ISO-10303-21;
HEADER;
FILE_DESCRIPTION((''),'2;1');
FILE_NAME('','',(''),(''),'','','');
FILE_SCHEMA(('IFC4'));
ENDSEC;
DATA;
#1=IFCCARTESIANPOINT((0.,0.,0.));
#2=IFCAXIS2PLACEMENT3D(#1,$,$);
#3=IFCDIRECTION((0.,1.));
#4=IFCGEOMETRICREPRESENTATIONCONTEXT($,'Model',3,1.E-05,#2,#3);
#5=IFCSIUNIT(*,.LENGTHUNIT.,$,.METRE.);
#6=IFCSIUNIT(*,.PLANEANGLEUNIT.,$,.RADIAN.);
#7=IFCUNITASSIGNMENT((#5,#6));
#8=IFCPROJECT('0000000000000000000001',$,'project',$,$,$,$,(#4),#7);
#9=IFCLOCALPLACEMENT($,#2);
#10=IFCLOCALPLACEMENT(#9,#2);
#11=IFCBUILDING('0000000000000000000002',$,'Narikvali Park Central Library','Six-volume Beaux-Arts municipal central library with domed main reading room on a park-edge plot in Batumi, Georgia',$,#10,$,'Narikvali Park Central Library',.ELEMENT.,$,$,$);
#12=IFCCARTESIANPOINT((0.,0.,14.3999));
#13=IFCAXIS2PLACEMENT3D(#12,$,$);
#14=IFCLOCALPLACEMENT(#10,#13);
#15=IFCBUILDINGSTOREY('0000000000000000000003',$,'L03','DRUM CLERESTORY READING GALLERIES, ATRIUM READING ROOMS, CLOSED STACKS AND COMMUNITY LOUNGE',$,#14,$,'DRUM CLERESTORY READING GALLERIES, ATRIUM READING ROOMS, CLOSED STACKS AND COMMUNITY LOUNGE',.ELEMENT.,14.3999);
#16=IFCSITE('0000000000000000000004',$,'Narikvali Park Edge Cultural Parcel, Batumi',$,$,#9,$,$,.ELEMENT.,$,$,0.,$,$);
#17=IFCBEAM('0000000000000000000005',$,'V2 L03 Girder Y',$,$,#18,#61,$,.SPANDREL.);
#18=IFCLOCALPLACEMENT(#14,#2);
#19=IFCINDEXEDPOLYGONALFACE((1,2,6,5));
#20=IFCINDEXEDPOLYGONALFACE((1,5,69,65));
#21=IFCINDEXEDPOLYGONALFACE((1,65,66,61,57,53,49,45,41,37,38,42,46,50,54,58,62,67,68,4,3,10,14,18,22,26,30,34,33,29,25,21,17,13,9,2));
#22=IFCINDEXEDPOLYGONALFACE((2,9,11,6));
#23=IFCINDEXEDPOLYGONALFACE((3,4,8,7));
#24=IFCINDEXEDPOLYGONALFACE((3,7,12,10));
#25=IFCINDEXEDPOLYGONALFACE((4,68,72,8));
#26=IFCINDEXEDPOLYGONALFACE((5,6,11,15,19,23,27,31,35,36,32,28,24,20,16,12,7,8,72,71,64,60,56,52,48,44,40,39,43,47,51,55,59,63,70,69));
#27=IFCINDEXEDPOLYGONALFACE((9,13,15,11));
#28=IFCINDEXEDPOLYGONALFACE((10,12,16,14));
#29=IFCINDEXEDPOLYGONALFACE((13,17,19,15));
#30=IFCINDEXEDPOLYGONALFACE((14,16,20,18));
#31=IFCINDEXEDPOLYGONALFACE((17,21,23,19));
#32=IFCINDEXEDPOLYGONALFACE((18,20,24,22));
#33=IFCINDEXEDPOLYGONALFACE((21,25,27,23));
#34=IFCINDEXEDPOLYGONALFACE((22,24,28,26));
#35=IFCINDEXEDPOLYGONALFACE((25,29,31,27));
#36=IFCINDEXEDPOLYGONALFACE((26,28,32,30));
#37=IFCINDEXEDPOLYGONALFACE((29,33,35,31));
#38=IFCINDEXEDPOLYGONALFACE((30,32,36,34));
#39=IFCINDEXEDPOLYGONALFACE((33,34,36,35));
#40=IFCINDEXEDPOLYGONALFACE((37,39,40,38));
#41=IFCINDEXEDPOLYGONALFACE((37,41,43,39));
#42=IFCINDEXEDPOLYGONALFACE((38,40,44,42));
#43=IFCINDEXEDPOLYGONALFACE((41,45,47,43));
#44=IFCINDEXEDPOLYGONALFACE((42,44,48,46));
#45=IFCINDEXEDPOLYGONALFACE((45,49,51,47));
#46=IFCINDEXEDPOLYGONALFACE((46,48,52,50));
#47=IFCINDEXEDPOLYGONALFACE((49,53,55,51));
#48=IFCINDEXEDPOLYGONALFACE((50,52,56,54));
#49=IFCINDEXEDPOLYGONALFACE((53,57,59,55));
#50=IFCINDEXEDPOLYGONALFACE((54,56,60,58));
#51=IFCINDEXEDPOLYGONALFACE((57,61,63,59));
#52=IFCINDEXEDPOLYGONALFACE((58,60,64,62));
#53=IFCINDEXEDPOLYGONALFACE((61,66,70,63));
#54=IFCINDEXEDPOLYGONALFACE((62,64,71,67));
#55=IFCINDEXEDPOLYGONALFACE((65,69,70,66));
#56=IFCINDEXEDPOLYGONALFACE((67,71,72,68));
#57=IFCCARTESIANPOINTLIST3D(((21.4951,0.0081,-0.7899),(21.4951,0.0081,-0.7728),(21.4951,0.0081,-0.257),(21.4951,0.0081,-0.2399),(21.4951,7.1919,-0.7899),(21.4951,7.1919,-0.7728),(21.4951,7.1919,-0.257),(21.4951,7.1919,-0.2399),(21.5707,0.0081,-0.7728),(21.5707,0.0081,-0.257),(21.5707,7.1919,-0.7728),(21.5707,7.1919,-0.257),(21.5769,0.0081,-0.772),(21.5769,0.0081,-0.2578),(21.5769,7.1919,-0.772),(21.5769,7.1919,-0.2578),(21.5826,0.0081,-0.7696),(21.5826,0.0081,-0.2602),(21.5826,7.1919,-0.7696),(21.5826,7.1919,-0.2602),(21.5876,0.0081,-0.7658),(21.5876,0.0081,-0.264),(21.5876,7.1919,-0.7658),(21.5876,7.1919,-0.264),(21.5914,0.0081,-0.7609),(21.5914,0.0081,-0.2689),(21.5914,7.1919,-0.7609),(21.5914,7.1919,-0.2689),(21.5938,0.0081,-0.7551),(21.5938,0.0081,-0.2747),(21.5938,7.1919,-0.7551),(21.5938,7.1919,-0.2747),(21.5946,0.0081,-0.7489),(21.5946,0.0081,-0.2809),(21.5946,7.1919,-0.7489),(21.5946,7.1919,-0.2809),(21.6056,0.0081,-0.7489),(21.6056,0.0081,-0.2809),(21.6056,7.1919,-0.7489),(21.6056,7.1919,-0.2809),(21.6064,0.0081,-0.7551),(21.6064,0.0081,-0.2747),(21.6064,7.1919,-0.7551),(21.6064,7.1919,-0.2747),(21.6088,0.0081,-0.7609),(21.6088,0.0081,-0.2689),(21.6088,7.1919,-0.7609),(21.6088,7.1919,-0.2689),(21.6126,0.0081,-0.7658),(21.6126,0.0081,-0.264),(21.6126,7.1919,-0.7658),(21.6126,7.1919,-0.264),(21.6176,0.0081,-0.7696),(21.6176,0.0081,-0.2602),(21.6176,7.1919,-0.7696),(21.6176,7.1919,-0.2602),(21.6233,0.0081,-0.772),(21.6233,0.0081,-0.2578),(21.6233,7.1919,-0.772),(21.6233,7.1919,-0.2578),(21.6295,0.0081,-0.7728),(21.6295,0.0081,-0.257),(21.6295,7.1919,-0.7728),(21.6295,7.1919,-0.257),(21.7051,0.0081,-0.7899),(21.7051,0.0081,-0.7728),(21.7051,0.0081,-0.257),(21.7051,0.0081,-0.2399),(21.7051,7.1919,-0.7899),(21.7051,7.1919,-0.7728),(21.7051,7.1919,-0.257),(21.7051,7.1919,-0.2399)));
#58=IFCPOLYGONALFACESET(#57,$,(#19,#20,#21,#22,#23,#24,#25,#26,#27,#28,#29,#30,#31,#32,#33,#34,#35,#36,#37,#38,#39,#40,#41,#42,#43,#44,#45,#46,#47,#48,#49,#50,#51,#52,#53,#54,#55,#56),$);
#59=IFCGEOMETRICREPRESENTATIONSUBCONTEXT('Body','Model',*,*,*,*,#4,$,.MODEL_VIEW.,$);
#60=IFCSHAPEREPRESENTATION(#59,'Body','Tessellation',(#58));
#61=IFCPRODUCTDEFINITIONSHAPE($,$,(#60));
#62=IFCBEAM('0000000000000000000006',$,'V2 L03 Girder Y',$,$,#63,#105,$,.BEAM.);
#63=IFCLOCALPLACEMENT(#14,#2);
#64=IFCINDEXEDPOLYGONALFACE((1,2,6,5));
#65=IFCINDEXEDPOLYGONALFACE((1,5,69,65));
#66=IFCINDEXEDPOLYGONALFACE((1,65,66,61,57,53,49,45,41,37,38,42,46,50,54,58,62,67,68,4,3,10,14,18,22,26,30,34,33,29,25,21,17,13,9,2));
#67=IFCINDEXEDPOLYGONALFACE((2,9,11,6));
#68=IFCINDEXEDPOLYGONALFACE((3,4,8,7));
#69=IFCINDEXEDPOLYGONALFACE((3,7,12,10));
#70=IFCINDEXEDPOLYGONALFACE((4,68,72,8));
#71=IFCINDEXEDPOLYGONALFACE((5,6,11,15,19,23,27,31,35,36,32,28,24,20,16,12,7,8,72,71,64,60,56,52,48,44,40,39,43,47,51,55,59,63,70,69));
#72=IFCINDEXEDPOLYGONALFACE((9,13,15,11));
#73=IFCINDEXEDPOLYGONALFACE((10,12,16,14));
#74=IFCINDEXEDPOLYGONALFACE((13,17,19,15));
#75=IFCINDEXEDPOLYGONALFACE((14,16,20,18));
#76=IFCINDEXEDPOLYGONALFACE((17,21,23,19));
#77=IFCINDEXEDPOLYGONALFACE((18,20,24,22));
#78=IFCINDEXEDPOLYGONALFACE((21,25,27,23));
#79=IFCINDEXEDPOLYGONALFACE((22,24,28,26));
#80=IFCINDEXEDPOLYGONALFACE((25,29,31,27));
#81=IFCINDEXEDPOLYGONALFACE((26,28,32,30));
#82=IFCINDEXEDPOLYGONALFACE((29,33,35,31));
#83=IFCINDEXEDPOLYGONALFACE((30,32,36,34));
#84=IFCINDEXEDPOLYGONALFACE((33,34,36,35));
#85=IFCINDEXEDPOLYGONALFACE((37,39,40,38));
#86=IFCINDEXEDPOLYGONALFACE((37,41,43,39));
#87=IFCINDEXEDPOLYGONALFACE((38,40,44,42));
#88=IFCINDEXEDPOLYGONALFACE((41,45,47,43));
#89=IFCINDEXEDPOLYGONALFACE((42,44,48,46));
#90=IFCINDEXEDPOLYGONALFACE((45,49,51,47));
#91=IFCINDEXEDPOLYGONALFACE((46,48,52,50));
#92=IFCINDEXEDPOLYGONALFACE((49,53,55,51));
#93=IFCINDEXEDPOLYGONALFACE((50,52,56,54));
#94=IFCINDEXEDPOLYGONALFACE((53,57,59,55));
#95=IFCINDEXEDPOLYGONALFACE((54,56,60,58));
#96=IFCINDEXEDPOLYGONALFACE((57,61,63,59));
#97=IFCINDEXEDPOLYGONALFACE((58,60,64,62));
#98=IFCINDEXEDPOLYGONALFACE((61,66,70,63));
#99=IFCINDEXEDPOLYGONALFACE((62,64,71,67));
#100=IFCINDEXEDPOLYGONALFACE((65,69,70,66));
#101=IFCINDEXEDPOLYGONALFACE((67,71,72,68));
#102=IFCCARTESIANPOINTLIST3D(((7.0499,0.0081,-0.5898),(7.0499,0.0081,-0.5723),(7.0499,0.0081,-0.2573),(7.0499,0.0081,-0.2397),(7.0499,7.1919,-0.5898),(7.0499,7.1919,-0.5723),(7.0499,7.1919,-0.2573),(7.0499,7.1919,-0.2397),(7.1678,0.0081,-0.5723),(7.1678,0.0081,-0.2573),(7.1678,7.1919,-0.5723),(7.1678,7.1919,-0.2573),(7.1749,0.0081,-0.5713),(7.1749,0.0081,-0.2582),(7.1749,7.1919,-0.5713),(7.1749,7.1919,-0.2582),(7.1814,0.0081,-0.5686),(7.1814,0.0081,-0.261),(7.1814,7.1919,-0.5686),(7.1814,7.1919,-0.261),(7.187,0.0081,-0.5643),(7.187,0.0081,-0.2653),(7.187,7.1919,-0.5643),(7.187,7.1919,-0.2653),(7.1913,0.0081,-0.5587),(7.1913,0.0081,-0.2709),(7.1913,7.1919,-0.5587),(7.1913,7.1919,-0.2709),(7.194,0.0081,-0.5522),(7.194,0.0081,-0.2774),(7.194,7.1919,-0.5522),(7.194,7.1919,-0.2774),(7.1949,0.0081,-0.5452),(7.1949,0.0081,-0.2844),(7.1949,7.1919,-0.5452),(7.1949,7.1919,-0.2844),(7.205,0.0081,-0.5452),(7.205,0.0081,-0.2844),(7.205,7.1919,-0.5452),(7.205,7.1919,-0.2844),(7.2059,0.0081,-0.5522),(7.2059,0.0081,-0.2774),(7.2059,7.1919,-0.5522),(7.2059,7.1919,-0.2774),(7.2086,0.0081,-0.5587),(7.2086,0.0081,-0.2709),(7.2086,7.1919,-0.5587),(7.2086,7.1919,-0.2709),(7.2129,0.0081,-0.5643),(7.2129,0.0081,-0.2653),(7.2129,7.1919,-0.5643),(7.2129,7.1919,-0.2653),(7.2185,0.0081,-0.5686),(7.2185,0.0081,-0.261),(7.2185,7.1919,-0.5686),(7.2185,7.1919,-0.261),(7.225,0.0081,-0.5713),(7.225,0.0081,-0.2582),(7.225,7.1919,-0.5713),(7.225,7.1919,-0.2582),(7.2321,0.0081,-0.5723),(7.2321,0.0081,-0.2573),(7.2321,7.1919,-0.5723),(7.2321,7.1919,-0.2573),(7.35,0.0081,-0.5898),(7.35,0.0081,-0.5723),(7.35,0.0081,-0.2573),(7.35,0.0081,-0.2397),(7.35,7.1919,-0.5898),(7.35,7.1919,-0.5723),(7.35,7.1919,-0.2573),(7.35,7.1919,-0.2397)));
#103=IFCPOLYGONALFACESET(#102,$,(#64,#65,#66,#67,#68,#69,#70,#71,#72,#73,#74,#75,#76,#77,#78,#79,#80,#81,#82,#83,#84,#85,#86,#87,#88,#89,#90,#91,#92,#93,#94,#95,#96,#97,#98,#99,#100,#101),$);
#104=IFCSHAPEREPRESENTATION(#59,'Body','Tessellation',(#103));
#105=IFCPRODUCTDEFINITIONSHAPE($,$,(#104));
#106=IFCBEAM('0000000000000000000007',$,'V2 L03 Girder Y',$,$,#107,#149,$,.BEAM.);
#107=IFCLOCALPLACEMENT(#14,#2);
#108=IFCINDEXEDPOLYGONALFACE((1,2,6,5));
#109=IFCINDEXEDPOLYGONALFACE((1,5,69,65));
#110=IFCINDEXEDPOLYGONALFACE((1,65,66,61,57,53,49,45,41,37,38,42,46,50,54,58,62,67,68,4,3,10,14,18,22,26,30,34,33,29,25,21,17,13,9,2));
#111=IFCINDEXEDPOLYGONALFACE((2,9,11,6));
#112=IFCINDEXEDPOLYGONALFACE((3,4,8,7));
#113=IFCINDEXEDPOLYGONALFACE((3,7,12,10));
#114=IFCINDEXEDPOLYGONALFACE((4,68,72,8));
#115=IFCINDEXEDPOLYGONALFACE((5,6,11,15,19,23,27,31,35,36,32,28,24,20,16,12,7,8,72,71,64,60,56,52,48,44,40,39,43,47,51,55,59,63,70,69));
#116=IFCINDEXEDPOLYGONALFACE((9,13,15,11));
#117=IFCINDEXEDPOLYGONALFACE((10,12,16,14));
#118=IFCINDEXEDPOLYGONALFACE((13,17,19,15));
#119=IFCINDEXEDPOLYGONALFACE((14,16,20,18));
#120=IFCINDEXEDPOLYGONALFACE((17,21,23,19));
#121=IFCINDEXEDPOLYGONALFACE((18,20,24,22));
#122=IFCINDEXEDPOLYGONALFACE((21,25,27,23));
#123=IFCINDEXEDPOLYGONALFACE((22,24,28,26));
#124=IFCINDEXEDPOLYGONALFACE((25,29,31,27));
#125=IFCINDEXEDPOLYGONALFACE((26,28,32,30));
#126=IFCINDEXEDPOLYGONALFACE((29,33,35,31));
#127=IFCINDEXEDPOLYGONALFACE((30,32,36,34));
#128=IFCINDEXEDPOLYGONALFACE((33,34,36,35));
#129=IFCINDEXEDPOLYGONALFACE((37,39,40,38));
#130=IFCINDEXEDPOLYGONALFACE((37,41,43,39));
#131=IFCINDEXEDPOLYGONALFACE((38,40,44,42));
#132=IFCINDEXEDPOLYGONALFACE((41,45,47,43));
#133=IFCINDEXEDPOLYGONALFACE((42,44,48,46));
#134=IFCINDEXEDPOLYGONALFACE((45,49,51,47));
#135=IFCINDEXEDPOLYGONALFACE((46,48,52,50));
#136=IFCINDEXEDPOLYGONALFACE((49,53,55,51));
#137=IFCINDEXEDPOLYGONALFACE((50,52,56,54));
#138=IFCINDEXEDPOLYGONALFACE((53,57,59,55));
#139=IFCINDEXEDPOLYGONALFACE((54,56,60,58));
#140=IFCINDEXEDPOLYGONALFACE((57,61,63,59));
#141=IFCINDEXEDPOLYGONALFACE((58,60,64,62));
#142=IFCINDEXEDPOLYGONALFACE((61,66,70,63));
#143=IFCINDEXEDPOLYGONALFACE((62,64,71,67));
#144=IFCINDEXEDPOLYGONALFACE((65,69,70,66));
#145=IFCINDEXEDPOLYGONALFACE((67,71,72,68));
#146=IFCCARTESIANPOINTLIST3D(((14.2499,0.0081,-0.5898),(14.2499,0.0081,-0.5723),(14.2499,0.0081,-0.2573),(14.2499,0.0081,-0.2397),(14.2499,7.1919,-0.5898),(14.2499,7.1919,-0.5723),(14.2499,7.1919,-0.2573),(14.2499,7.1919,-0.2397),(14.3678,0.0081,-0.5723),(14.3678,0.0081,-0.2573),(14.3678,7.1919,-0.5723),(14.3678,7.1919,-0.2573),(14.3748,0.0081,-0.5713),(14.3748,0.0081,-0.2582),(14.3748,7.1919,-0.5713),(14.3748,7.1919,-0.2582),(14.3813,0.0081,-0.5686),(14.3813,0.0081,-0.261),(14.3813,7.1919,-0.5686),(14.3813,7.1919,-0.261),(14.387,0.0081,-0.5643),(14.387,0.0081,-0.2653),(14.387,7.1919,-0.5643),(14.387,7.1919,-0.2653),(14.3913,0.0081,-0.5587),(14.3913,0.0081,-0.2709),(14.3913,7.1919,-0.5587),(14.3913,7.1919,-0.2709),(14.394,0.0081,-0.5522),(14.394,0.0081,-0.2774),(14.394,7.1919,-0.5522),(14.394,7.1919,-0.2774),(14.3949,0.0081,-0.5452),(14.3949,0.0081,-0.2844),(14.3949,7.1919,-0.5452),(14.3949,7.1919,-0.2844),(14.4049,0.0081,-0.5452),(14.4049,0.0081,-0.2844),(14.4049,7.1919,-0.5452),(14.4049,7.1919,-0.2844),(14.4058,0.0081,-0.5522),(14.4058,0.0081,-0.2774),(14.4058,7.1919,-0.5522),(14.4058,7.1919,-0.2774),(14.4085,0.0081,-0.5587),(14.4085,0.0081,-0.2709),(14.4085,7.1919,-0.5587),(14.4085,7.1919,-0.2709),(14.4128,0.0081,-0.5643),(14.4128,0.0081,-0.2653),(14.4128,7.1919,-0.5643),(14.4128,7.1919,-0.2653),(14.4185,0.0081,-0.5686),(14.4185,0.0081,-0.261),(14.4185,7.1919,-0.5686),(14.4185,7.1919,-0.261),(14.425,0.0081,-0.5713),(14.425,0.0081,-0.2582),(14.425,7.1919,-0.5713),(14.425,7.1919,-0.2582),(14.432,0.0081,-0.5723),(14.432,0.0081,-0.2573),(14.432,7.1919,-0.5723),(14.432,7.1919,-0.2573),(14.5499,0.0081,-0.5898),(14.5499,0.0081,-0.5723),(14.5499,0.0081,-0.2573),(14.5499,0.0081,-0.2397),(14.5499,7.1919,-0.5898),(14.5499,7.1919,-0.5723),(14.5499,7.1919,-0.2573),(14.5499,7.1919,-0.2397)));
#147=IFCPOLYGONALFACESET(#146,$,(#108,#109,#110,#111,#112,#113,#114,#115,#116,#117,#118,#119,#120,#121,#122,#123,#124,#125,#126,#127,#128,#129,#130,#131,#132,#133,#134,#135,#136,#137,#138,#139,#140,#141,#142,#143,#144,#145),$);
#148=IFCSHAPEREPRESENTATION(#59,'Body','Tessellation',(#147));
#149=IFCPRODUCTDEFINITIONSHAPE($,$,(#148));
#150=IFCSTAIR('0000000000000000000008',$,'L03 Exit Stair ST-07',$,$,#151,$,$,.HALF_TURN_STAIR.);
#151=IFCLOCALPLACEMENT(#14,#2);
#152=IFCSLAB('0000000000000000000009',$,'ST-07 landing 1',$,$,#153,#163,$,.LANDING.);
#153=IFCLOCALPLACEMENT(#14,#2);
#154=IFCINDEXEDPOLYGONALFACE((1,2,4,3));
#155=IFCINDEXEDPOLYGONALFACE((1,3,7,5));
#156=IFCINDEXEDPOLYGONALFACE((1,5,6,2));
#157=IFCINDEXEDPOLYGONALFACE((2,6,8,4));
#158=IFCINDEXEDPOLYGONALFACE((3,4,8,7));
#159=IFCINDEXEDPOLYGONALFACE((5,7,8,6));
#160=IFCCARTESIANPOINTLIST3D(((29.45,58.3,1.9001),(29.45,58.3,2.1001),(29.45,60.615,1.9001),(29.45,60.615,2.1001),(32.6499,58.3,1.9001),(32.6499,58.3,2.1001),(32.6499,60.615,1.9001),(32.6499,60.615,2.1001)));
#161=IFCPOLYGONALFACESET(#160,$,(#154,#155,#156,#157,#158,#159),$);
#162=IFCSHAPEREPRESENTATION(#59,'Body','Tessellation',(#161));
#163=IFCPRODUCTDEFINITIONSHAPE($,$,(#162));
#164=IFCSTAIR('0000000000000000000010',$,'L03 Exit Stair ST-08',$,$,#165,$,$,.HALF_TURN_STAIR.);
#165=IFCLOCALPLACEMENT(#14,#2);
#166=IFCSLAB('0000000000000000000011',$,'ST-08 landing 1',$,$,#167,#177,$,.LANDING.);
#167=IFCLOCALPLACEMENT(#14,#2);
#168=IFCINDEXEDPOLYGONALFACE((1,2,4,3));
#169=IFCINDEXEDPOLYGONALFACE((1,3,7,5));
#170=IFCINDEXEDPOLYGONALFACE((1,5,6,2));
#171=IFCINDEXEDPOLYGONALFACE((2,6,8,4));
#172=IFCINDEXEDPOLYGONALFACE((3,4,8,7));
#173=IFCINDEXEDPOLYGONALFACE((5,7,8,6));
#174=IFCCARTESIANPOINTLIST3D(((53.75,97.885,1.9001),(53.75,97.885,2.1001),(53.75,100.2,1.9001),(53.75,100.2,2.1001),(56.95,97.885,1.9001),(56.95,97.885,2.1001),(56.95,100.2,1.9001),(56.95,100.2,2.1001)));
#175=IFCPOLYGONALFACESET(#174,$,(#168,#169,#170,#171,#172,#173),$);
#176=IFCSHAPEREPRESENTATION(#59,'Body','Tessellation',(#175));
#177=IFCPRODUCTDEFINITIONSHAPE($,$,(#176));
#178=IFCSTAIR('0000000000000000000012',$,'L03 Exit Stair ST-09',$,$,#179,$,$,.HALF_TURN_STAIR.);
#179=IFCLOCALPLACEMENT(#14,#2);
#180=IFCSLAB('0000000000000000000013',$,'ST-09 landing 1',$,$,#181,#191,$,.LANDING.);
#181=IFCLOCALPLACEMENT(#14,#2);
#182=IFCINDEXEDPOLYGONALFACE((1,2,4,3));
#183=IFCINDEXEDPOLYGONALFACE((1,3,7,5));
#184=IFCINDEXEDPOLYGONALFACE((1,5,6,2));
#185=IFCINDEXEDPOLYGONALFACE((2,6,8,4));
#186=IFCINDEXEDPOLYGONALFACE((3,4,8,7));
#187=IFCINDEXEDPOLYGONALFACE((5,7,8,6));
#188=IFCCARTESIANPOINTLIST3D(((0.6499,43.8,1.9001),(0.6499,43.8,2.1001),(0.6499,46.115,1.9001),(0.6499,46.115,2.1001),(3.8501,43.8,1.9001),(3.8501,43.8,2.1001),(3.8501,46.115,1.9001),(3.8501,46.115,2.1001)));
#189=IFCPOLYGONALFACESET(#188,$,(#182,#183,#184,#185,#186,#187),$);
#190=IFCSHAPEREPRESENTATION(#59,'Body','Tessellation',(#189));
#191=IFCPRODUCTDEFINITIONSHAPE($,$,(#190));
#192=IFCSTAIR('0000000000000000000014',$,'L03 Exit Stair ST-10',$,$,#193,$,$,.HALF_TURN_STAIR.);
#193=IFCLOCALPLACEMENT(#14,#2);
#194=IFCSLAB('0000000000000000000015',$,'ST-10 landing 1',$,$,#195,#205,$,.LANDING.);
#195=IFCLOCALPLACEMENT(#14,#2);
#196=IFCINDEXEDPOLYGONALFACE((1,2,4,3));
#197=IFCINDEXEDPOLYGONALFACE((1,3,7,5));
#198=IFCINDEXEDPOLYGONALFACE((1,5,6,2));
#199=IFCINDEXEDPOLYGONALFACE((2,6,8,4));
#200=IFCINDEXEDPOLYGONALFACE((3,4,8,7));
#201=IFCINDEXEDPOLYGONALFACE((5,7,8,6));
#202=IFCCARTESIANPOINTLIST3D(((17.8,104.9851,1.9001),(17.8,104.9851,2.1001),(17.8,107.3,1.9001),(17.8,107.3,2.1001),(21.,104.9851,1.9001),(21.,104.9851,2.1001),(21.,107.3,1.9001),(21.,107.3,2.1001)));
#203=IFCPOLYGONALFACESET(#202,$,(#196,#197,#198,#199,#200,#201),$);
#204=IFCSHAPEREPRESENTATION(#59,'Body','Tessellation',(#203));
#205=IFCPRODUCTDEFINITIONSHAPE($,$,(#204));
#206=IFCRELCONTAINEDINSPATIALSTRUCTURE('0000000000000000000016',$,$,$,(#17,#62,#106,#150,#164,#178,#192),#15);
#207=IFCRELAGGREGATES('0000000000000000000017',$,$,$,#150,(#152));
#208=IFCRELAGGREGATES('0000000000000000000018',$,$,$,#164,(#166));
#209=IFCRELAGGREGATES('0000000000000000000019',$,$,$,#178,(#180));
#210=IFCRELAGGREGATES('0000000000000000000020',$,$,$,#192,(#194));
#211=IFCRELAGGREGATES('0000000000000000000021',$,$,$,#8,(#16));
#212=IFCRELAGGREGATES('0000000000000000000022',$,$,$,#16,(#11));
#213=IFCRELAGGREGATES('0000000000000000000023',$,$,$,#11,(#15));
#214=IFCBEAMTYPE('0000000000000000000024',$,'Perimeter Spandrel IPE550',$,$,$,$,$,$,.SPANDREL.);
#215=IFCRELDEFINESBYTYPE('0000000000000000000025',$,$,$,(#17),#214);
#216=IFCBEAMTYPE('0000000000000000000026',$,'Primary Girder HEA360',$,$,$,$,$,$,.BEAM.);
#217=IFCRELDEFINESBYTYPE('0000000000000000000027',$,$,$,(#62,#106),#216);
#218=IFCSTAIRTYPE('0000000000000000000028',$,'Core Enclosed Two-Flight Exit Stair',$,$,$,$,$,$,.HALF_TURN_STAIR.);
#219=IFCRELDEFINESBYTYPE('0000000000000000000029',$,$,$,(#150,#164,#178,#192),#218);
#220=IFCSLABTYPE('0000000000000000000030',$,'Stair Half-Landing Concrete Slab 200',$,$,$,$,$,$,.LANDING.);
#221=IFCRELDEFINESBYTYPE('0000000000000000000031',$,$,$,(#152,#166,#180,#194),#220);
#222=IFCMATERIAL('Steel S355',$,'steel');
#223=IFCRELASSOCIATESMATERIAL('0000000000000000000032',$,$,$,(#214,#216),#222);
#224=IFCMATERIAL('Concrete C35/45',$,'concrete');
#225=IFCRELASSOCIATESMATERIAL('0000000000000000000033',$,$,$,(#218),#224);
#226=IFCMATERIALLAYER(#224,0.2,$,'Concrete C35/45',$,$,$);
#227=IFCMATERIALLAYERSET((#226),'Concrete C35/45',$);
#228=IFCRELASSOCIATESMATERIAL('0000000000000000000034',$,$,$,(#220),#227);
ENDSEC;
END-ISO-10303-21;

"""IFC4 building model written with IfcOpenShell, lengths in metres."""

from ifc_helpers import new_model, si_unit, direction, frame, origin, origin_2d, place, context, subcontext, project, spatial, polyline, i_section, outline, extrude, material, layer, layer_set, material_profile, profile_set, type_object, element, aggregate, save


model = new_model("IFC4")

# Units and contexts
model_context = context("Model", 3, precision=1e-05, world=origin(), true_north=direction((0.0, 1.0)))
body_context = subcontext(model_context, "Body", "Model", "MODEL_VIEW")
ifc_project = project(units=[si_unit("LENGTHUNIT", "METRE"), si_unit("PLANEANGLEUNIT", "RADIAN")], contexts=[model_context])

# Site, building, storey
site_placement = place(None, origin())
site = spatial("IfcSite", under=ifc_project, at=site_placement, Name="Narikvali Park Edge Cultural Parcel, Batumi", CompositionType="ELEMENT", RefElevation=0.0)
building_placement = place(site_placement, origin())
building = spatial("IfcBuilding", under=site, at=building_placement, Name="Narikvali Park Central Library", Description="Six-volume Beaux-Arts municipal central library with domed main reading room on a park-edge plot in Batumi, Georgia", LongName="Narikvali Park Central Library", CompositionType="ELEMENT")
storey_placement = place(building_placement, frame((0.0, 0.0, 14.3999)))
storey = spatial("IfcBuildingStorey", under=building, at=storey_placement, Name="L03", Description="DRUM CLERESTORY READING GALLERIES, ATRIUM READING ROOMS, CLOSED STACKS AND COMMUNITY LOUNGE", LongName="DRUM CLERESTORY READING GALLERIES, ATRIUM READING ROOMS, CLOSED STACKS AND COMMUNITY LOUNGE", CompositionType="ELEMENT", Elevation=14.3999)

# Beams
ifc_material_1 = material(Name="Steel S355", Category="steel")
ifc_material_profile_1 = material_profile(ifc_material_1, i_section(OverallWidth=0.21, OverallDepth=0.55, WebThickness=0.011, FlangeThickness=0.0171, FilletRadius=0.0239, at=origin_2d()), Name="IPE 550")
ifc_profile_set_1 = profile_set([ifc_material_profile_1], Name="Steel S355")
beam_type_1 = type_object("IfcBeamType", Name="Perimeter Spandrel IPE550", PredefinedType="SPANDREL", material=ifc_profile_set_1)
for number, where, z_axis, x_axis, name in (
    (1, (21.6001, 0.0081, -0.5149), (0.0, 1.0, 0.0), (-1.0, 0.0, 0.0), "V2 L03 Girder Y"),
):
    element("IfcBeam", number, at=place(storey_placement, frame(where, z_axis=z_axis, x_axis=x_axis)), inside=storey, type_object=beam_type_1, Name=name, PredefinedType="SPANDREL", context=body_context, shape_type="SweptSolid", body=[
        extrude(i_section(OverallWidth=0.21, OverallDepth=0.55, WebThickness=0.011, FlangeThickness=0.0171, FilletRadius=0.0239, at=origin_2d()), origin(), (0.0, 0.0, 1.0), 7.1838),
    ])
ifc_material_profile_2 = material_profile(ifc_material_1, i_section(OverallWidth=0.3, OverallDepth=0.3501, WebThickness=0.01, FlangeThickness=0.0176, FilletRadius=0.0271, at=origin_2d()), Name="HEA 360")
ifc_profile_set_2 = profile_set([ifc_material_profile_2], Name="Steel S355")
beam_type_2 = type_object("IfcBeamType", Name="Primary Girder HEA360", PredefinedType="BEAM", material=ifc_profile_set_2)
for number, where, z_axis, x_axis, name in (
    (2, (7.2, 0.0081, -0.4148), (0.0, 1.0, 0.0), (-1.0, 0.0, 0.0), "V2 L03 Girder Y"),
    (3, (14.3999, 0.0081, -0.4148), (0.0, 1.0, 0.0), (-1.0, 0.0, 0.0), "V2 L03 Girder Y"),
):
    element("IfcBeam", number, at=place(storey_placement, frame(where, z_axis=z_axis, x_axis=x_axis)), inside=storey, type_object=beam_type_2, Name=name, PredefinedType="BEAM", context=body_context, shape_type="SweptSolid", body=[
        extrude(i_section(OverallWidth=0.3, OverallDepth=0.3501, WebThickness=0.01, FlangeThickness=0.0176, FilletRadius=0.0271, at=origin_2d()), origin(), (0.0, 0.0, 1.0), 7.1838),
    ])

# Stairs, slabs
ifc_material_2 = material(Name="Concrete C35/45", Category="concrete")
stair_type = type_object("IfcStairType", Name="Core Enclosed Two-Flight Exit Stair", PredefinedType="HALF_TURN_STAIR", material=ifc_material_2)
stair_1_placement = place(storey_placement, origin())
stair_1 = element("IfcStair", 4, at=stair_1_placement, inside=storey, type_object=stair_type, Name="L03 Exit Stair ST-07", PredefinedType="HALF_TURN_STAIR")
ifc_layer_1 = layer(ifc_material_2, 0.2, Name="Concrete C35/45")
ifc_layer_set_1 = layer_set([ifc_layer_1], Name="Concrete C35/45")
slab_type = type_object("IfcSlabType", Name="Stair Half-Landing Concrete Slab 200", PredefinedType="LANDING", material=ifc_layer_set_1)
slab_1_placement = place(storey_placement, frame((0.0, 0.0, 1.9001)))
slab_1 = element("IfcSlab", 5, at=slab_1_placement, type_object=slab_type, Name="ST-07 landing 1", PredefinedType="LANDING", context=body_context, shape_type="SweptSolid", body=[
    extrude(outline(polyline([(29.45, 60.615), (29.45, 58.3), (32.6499, 58.3), (32.6499, 60.615), (29.45, 60.615)])), origin(), (0.0, 0.0, 1.0), 0.2),
])
aggregate(stair_1, [slab_1])
stair_2_placement = place(storey_placement, origin())
stair_2 = element("IfcStair", 6, at=stair_2_placement, inside=storey, type_object=stair_type, Name="L03 Exit Stair ST-08", PredefinedType="HALF_TURN_STAIR")
slab_2_placement = place(storey_placement, frame((0.0, 0.0, 1.9001)))
slab_2 = element("IfcSlab", 7, at=slab_2_placement, type_object=slab_type, Name="ST-08 landing 1", PredefinedType="LANDING", context=body_context, shape_type="SweptSolid", body=[
    extrude(outline(polyline([(56.95, 97.885), (56.95, 100.2), (53.75, 100.2), (53.75, 97.885), (56.95, 97.885)])), origin(), (0.0, 0.0, 1.0), 0.2),
])
aggregate(stair_2, [slab_2])
stair_3_placement = place(storey_placement, origin())
stair_3 = element("IfcStair", 8, at=stair_3_placement, inside=storey, type_object=stair_type, Name="L03 Exit Stair ST-09", PredefinedType="HALF_TURN_STAIR")
slab_3_placement = place(storey_placement, frame((0.0, 0.0, 1.9001)))
slab_3 = element("IfcSlab", 9, at=slab_3_placement, type_object=slab_type, Name="ST-09 landing 1", PredefinedType="LANDING", context=body_context, shape_type="SweptSolid", body=[
    extrude(outline(polyline([(0.6499, 46.115), (0.6499, 43.8), (3.8501, 43.8), (3.8501, 46.115), (0.6499, 46.115)])), origin(), (0.0, 0.0, 1.0), 0.2),
])
aggregate(stair_3, [slab_3])
stair_4_placement = place(storey_placement, origin())
stair_4 = element("IfcStair", 10, at=stair_4_placement, inside=storey, type_object=stair_type, Name="L03 Exit Stair ST-10", PredefinedType="HALF_TURN_STAIR")
slab_4_placement = place(storey_placement, frame((0.0, 0.0, 1.9001)))
slab_4 = element("IfcSlab", 11, at=slab_4_placement, type_object=slab_type, Name="ST-10 landing 1", PredefinedType="LANDING", context=body_context, shape_type="SweptSolid", body=[
    extrude(outline(polyline([(21.0, 104.9851), (21.0, 107.3), (17.8, 107.3), (17.8, 104.9851), (21.0, 104.9851)])), origin(), (0.0, 0.0, 1.0), 0.2),
])
aggregate(stair_4, [slab_4])

save(model, "model.ifc")
